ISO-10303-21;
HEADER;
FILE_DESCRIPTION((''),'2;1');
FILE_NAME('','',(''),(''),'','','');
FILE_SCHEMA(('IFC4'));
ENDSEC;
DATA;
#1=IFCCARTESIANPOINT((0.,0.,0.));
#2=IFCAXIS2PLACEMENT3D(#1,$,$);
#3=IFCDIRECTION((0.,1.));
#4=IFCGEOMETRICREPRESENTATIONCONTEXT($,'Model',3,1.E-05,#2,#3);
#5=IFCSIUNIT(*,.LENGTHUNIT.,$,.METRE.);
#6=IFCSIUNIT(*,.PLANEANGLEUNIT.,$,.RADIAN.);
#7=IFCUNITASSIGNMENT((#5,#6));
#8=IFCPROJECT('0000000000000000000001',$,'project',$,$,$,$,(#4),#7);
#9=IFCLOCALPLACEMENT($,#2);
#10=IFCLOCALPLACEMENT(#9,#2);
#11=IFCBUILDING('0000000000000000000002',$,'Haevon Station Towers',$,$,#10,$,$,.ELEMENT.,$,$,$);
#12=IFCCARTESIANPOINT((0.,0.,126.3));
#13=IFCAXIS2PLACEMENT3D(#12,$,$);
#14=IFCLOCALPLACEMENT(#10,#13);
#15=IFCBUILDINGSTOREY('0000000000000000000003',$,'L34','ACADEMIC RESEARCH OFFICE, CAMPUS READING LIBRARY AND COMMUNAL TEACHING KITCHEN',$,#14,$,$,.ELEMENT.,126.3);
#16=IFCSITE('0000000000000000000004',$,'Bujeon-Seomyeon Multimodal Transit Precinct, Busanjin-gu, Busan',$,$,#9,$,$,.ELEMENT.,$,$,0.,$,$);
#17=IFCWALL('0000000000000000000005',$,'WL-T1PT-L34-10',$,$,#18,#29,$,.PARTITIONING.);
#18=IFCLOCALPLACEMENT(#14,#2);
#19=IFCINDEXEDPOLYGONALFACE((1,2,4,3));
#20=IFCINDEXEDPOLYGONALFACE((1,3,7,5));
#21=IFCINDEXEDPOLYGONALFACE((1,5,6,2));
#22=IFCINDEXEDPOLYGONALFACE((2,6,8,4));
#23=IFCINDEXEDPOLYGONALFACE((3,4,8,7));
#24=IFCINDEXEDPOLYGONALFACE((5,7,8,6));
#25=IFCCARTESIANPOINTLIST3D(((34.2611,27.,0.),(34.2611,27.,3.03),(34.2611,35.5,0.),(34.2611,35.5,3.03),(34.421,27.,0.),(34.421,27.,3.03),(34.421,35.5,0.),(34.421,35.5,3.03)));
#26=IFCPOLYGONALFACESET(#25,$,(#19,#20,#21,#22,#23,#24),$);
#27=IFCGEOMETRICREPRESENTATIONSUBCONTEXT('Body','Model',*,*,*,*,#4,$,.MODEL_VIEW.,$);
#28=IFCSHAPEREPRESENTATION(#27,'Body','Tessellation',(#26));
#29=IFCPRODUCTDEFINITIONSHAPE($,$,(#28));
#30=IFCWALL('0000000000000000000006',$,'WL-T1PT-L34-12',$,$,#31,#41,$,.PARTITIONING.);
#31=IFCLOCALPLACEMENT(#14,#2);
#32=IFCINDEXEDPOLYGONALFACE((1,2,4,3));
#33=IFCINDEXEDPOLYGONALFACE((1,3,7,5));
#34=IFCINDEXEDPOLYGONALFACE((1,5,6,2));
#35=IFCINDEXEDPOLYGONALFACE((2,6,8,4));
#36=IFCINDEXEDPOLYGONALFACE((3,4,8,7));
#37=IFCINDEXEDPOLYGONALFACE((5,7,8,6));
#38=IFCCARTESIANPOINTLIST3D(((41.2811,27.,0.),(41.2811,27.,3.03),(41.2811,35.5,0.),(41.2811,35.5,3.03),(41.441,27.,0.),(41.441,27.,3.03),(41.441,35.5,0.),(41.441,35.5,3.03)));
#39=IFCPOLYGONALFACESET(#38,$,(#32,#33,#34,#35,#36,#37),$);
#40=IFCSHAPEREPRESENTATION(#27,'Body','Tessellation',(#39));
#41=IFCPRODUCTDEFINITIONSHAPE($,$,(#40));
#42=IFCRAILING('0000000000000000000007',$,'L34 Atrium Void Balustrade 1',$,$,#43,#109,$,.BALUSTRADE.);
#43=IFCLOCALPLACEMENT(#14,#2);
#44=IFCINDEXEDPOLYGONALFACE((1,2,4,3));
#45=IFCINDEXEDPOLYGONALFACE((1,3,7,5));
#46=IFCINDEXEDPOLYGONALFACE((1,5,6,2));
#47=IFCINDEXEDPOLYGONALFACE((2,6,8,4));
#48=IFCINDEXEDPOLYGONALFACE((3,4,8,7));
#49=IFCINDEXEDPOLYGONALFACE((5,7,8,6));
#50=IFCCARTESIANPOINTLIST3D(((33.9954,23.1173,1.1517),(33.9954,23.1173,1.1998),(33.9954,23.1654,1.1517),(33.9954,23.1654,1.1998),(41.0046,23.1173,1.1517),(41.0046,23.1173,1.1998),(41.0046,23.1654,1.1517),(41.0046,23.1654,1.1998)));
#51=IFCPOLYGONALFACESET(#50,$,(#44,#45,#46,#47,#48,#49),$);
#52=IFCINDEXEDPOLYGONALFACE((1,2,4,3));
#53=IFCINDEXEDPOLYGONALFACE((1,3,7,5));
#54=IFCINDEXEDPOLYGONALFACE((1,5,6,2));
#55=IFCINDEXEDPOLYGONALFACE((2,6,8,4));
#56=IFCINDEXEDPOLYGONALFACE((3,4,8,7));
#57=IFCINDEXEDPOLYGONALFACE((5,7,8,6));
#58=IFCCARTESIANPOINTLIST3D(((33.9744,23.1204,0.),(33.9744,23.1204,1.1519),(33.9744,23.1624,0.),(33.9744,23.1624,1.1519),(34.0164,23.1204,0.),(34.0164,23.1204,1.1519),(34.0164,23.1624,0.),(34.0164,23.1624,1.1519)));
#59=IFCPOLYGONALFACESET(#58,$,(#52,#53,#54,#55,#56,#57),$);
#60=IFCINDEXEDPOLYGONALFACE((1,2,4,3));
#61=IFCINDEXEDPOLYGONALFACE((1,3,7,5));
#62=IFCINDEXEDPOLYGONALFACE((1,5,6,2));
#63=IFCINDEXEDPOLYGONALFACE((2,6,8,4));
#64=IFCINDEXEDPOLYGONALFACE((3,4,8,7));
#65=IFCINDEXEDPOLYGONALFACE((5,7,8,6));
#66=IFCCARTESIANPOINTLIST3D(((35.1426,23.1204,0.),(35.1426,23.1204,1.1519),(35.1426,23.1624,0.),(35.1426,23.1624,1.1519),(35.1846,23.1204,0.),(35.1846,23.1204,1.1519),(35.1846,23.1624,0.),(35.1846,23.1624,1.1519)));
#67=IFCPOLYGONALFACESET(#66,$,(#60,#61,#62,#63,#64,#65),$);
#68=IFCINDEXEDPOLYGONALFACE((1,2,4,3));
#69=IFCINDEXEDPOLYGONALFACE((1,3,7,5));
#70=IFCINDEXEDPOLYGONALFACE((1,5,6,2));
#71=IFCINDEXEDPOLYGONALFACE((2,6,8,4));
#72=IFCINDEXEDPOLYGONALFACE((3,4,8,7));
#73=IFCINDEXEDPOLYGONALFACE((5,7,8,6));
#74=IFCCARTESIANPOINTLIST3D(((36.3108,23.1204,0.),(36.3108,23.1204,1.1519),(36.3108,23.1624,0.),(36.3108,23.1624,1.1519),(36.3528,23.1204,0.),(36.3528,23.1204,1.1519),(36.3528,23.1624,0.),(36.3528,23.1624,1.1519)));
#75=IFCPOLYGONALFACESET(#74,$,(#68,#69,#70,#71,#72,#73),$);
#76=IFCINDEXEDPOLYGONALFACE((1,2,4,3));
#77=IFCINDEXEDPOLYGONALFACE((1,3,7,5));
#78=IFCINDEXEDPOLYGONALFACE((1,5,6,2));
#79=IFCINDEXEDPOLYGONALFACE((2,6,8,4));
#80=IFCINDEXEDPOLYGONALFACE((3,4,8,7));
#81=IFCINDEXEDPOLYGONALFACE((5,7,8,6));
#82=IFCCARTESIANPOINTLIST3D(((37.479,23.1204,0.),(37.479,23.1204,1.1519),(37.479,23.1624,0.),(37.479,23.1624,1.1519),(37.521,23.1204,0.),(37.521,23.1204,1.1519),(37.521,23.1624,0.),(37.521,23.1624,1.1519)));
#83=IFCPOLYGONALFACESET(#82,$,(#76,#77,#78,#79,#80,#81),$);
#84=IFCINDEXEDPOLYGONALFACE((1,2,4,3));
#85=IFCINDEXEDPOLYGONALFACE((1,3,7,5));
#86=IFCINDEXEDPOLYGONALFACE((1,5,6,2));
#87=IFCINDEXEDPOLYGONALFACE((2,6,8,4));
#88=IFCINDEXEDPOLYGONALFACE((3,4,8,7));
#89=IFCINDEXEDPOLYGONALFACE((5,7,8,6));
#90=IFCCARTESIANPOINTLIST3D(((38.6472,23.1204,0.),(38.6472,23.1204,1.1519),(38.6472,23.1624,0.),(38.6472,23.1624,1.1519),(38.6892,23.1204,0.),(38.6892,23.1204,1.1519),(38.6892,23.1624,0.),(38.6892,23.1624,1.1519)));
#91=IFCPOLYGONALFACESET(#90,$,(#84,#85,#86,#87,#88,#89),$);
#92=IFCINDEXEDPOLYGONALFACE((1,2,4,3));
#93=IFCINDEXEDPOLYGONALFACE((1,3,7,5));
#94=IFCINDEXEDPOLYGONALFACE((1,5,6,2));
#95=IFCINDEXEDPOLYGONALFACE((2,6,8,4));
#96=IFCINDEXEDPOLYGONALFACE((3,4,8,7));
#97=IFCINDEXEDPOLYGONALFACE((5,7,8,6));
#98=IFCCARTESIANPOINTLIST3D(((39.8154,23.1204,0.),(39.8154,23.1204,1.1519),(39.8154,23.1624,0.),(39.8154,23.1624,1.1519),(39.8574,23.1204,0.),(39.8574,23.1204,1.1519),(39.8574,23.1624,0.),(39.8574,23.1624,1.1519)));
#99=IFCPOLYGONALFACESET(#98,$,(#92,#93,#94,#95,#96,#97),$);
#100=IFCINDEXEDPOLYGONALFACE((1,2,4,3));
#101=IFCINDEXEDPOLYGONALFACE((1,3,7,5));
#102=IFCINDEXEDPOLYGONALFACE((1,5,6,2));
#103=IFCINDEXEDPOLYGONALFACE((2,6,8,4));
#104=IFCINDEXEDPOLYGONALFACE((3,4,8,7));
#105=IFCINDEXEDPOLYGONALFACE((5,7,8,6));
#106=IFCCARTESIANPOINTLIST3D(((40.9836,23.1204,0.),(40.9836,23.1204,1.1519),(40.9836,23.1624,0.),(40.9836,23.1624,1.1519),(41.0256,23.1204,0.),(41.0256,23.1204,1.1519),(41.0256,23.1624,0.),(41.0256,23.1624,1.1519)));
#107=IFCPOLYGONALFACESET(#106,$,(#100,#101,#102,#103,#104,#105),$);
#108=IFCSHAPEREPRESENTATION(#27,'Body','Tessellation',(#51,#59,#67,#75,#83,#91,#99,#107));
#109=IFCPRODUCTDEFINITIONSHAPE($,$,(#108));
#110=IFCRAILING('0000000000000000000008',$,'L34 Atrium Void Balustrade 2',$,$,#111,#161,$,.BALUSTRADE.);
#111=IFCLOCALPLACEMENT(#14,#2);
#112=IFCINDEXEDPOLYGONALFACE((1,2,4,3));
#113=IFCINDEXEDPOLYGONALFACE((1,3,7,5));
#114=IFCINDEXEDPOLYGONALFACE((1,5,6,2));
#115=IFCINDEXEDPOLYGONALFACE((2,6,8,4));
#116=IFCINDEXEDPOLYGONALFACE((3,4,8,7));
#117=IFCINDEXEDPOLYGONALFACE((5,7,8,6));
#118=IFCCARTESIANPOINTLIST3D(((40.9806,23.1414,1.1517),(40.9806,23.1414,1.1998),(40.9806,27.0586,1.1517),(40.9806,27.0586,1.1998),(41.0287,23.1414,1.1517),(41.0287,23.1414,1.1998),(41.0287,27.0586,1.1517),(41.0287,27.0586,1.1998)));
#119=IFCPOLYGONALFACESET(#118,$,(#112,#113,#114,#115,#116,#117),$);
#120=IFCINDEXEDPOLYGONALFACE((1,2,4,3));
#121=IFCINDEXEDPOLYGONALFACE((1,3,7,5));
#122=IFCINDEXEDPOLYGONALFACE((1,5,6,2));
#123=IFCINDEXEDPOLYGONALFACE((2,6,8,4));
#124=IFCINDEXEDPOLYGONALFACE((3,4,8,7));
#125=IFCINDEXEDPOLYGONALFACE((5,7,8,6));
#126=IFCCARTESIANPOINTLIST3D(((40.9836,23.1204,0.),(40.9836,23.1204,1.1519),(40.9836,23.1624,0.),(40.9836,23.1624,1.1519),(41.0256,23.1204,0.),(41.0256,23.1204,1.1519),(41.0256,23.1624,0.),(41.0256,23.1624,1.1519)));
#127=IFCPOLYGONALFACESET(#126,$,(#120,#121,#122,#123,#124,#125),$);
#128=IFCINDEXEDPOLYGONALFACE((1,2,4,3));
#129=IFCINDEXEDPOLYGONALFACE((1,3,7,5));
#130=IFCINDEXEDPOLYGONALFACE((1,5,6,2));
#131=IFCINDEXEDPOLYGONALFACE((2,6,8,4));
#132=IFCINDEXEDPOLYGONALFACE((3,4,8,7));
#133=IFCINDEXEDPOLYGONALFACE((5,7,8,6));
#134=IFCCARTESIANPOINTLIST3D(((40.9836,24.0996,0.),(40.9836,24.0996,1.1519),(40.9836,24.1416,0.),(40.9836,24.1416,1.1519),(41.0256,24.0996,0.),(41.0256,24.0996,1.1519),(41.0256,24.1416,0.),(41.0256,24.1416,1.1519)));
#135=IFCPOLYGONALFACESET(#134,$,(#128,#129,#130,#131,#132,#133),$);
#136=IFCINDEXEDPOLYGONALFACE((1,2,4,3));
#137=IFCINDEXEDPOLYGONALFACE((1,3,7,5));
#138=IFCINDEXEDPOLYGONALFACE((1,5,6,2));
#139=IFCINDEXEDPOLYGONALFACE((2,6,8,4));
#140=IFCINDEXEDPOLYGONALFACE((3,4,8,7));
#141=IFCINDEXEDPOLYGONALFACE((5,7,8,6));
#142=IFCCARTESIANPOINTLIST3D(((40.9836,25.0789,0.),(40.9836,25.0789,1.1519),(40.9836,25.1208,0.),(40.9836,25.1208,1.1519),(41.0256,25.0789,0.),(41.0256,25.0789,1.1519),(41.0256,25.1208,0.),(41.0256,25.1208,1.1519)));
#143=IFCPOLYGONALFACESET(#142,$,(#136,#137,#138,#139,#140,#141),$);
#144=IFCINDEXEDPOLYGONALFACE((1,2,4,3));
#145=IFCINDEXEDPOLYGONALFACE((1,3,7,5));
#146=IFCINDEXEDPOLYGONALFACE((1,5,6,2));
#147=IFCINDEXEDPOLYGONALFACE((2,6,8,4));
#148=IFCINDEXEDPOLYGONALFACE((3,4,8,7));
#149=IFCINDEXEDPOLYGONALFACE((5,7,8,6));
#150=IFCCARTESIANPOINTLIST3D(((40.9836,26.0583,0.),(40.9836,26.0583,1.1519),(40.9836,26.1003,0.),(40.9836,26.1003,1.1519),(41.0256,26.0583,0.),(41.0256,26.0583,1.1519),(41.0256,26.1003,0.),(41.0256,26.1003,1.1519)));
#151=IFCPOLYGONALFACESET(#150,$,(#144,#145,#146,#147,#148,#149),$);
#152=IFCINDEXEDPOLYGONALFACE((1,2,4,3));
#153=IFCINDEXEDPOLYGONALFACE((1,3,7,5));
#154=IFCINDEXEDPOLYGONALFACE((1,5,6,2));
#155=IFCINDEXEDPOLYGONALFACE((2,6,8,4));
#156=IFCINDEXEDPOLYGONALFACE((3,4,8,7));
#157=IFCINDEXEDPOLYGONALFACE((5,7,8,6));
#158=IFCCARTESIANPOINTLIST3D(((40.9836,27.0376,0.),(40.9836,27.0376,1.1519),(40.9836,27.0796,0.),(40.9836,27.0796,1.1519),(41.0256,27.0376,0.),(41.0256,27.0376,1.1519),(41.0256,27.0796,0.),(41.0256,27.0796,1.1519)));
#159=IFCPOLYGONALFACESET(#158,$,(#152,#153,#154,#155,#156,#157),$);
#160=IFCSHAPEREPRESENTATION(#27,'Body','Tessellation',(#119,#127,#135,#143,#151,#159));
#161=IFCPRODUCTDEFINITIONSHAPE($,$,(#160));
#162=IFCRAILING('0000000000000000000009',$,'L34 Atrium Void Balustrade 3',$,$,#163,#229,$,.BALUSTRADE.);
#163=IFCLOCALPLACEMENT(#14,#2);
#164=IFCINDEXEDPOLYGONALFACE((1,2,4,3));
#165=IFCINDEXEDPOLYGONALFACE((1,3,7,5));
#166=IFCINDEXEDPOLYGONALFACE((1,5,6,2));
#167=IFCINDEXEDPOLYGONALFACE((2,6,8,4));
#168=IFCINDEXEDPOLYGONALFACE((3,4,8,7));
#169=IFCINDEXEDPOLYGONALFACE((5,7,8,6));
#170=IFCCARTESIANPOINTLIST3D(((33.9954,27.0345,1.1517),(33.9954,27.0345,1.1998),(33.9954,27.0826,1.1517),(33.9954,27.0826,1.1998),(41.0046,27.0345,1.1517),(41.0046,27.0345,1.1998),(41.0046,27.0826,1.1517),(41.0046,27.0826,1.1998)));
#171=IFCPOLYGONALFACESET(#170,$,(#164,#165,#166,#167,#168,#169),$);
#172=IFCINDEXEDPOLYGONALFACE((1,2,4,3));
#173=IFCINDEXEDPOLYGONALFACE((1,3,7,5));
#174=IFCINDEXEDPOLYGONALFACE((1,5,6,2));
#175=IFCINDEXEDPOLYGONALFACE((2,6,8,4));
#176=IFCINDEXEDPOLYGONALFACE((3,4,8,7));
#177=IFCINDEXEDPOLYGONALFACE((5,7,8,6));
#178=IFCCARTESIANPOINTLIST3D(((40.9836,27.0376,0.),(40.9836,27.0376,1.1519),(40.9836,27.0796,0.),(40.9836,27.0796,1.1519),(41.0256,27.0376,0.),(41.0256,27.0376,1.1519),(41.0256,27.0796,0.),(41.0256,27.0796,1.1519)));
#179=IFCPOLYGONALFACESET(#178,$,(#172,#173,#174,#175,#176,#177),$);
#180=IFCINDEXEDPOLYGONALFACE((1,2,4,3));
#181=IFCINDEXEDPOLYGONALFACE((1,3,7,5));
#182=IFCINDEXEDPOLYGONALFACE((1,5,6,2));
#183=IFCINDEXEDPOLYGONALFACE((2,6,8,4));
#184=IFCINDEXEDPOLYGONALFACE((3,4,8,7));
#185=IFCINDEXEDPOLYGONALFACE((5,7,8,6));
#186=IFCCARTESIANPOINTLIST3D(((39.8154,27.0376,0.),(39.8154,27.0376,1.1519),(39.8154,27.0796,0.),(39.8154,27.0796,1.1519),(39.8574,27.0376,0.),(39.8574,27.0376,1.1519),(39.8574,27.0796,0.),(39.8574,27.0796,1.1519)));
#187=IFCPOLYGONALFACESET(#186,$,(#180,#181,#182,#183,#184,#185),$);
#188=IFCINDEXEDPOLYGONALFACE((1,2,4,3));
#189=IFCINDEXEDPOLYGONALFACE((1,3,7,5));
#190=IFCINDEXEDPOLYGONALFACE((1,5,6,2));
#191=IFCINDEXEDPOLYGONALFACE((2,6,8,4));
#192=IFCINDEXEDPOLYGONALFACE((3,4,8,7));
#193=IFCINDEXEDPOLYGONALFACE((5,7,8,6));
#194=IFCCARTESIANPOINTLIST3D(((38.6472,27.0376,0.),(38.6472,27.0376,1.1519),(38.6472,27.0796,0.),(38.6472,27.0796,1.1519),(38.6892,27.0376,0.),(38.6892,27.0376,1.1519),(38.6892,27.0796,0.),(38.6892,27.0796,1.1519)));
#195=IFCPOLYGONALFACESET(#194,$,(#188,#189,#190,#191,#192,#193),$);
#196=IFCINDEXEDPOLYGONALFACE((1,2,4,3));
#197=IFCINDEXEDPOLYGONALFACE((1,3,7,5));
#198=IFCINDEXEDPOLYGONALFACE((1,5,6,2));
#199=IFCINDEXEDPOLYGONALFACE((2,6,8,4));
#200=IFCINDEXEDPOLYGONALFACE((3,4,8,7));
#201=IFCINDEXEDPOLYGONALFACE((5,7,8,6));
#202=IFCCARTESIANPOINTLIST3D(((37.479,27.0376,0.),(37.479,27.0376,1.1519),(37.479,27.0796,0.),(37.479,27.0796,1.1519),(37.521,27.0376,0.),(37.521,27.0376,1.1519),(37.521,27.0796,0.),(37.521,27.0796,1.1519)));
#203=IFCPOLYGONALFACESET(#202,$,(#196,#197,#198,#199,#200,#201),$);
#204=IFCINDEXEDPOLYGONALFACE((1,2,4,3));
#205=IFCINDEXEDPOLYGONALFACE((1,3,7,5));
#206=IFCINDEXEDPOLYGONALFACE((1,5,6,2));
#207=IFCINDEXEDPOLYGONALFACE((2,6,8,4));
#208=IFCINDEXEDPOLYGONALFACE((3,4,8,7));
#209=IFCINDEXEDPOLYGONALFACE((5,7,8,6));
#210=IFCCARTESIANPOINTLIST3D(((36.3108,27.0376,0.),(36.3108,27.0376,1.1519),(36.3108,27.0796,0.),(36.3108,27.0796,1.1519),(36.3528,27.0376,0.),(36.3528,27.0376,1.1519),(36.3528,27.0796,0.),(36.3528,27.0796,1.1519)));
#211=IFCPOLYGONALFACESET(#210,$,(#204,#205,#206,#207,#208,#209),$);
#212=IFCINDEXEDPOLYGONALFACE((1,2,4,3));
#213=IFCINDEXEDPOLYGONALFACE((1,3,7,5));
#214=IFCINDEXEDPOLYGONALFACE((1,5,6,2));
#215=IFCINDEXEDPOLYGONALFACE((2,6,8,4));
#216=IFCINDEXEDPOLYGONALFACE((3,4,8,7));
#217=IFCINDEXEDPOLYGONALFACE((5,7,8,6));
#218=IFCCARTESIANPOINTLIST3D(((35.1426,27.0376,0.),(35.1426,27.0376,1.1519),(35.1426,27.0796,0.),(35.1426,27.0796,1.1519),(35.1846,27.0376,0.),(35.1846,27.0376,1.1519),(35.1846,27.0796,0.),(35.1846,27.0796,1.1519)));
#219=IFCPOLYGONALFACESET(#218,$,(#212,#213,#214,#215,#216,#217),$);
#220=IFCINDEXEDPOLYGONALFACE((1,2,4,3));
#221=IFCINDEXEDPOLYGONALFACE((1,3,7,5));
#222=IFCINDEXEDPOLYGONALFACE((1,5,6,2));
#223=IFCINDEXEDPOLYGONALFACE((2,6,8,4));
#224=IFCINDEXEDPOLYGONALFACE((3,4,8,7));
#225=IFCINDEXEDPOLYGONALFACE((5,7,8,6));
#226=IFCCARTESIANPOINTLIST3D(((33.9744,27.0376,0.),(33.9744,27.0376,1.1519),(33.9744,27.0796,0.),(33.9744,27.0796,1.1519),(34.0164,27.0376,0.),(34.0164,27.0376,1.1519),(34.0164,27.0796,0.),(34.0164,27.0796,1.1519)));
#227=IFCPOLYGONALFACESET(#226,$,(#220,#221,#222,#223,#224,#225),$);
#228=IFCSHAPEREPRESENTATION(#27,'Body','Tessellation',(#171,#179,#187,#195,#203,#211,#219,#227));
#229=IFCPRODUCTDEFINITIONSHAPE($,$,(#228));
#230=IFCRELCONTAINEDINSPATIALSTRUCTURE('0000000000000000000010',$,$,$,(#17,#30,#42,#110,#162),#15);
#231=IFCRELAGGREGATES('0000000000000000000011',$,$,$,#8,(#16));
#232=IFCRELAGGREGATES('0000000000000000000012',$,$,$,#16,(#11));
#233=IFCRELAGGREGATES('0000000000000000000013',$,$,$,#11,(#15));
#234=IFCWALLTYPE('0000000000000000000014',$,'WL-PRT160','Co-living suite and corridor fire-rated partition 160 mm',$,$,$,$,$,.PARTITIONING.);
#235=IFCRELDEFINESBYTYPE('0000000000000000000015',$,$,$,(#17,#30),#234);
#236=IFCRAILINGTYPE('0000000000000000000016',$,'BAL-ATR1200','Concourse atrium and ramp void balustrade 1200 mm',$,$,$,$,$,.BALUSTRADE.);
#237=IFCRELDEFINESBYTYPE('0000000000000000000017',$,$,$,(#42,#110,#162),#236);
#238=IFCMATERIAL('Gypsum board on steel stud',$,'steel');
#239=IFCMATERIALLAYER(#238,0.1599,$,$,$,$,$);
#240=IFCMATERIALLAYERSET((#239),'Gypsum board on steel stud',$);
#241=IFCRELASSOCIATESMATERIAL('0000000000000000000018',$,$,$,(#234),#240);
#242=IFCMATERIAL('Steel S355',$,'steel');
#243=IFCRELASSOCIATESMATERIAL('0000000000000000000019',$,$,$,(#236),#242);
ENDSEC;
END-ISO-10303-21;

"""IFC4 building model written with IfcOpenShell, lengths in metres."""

from ifc_helpers import new_model, si_unit, direction, frame, frame_2d, origin, origin_2d, place, context, subcontext, project, spatial, rectangle, extrude, material, layer, layer_set, type_object, element, save


model = new_model("IFC4")

# Units and contexts
model_context = context("Model", 3, precision=1e-05, world=origin(), true_north=direction((0.0, 1.0)))
body_context = subcontext(model_context, "Body", "Model", "MODEL_VIEW")
ifc_project = project(units=[si_unit("LENGTHUNIT", "METRE"), si_unit("PLANEANGLEUNIT", "RADIAN")], contexts=[model_context])

# Site, building, storey
site_placement = place(None, origin())
site = spatial("IfcSite", under=ifc_project, at=site_placement, Name="Bujeon-Seomyeon Multimodal Transit Precinct, Busanjin-gu, Busan", CompositionType="ELEMENT", RefElevation=0.0)
building_placement = place(site_placement, origin())
building = spatial("IfcBuilding", under=site, at=building_placement, Name="Haevon Station Towers", CompositionType="ELEMENT")
storey_placement = place(building_placement, frame((0.0, 0.0, 126.3)))
storey = spatial("IfcBuildingStorey", under=building, at=storey_placement, Name="L34", Description="ACADEMIC RESEARCH OFFICE, CAMPUS READING LIBRARY AND COMMUNAL TEACHING KITCHEN", CompositionType="ELEMENT", Elevation=126.3)

# Shared definitions
ifc_material_1 = material(Name="Steel S355", Category="steel")

# Shared definitions
ifc_material_2 = material(Name="Gypsum board on steel stud", Category="steel")

# Walls
ifc_layer_1 = layer(ifc_material_2, 0.1599)
ifc_layer_set_1 = layer_set([ifc_layer_1], Name="Gypsum board on steel stud")
wall_type_1 = type_object("IfcWallType", Name="WL-PRT160", Description="Co-living suite and corridor fire-rated partition 160 mm", PredefinedType="PARTITIONING", material=ifc_layer_set_1)
for number, where, z_axis, x_axis, name in (
    (1, (34.3411, 27.0, 0.0), (0.0, 0.0, 1.0), (0.0, 1.0, 0.0), "WL-T1PT-L34-10"),
    (2, (41.3611, 27.0, 0.0), (0.0, 0.0, 1.0), (0.0, 1.0, 0.0), "WL-T1PT-L34-12"),
):
    element("IfcWall", number, at=place(storey_placement, frame(where, z_axis=z_axis, x_axis=x_axis)), inside=storey, type_object=wall_type_1, Name=name, PredefinedType="PARTITIONING", context=body_context, shape_type="SweptSolid", body=[
        extrude(rectangle(XDim=8.5, YDim=0.1599, at=frame_2d((4.25, 0.0))), origin(), (0.0, 0.0, 1.0), 3.03),
    ])

# Railings
railing_type = type_object("IfcRailingType", Name="BAL-ATR1200", Description="Concourse atrium and ramp void balustrade 1200 mm", PredefinedType="BALUSTRADE", material=ifc_material_1)
railing_1_placement = place(storey_placement, frame((33.9954, 23.1414, 0.0)))
element("IfcRailing", 3, at=railing_1_placement, inside=storey, type_object=railing_type, Name="L34 Atrium Void Balustrade 1", PredefinedType="BALUSTRADE", context=body_context, shape_type="SweptSolid", body=[
    extrude(rectangle(XDim=0.0481, YDim=0.0481, at=origin_2d()), frame((0.0, 0.0, 1.1758), z_axis=(1.0, 0.0, 0.0), x_axis=(0.0, 1.0, 0.0)), (0.0, 0.0, 1.0), 7.0093),
    extrude(rectangle(XDim=0.042, YDim=0.042, at=origin_2d()), origin(), (0.0, 0.0, 1.0), 1.1519),
    extrude(rectangle(XDim=0.042, YDim=0.042, at=origin_2d()), frame((1.1682, 0.0, 0.0)), (0.0, 0.0, 1.0), 1.1519),
    extrude(rectangle(XDim=0.042, YDim=0.042, at=origin_2d()), frame((2.3364, 0.0, 0.0)), (0.0, 0.0, 1.0), 1.1519),
    extrude(rectangle(XDim=0.042, YDim=0.042, at=origin_2d()), frame((3.5046, 0.0, 0.0)), (0.0, 0.0, 1.0), 1.1519),
    extrude(rectangle(XDim=0.042, YDim=0.042, at=origin_2d()), frame((4.6729, 0.0, 0.0)), (0.0, 0.0, 1.0), 1.1519),
    extrude(rectangle(XDim=0.042, YDim=0.042, at=origin_2d()), frame((5.8411, 0.0, 0.0)), (0.0, 0.0, 1.0), 1.1519),
    extrude(rectangle(XDim=0.042, YDim=0.042, at=origin_2d()), frame((7.0093, 0.0, 0.0)), (0.0, 0.0, 1.0), 1.1519),
])
railing_2_placement = place(storey_placement, frame((41.0046, 23.1414, 0.0)))
element("IfcRailing", 4, at=railing_2_placement, inside=storey, type_object=railing_type, Name="L34 Atrium Void Balustrade 2", PredefinedType="BALUSTRADE", context=body_context, shape_type="SweptSolid", body=[
    extrude(rectangle(XDim=0.0481, YDim=0.0481, at=origin_2d()), frame((0.0, 0.0, 1.1758), z_axis=(0.0, 1.0, 0.0), x_axis=(-1.0, 0.0, 0.0)), (0.0, 0.0, 1.0), 3.9172),
    extrude(rectangle(XDim=0.042, YDim=0.042, at=origin_2d()), origin(), (0.0, 0.0, 1.0), 1.1519),
    extrude(rectangle(XDim=0.042, YDim=0.042, at=origin_2d()), frame((0.0, 0.9792, 0.0)), (0.0, 0.0, 1.0), 1.1519),
    extrude(rectangle(XDim=0.042, YDim=0.042, at=origin_2d()), frame((0.0, 1.9585, 0.0)), (0.0, 0.0, 1.0), 1.1519),
    extrude(rectangle(XDim=0.042, YDim=0.042, at=origin_2d()), frame((0.0, 2.938, 0.0)), (0.0, 0.0, 1.0), 1.1519),
    extrude(rectangle(XDim=0.042, YDim=0.042, at=origin_2d()), frame((0.0, 3.9172, 0.0)), (0.0, 0.0, 1.0), 1.1519),
])
railing_3_placement = place(storey_placement, frame((41.0046, 27.0586, 0.0)))
element("IfcRailing", 5, at=railing_3_placement, inside=storey, type_object=railing_type, Name="L34 Atrium Void Balustrade 3", PredefinedType="BALUSTRADE", context=body_context, shape_type="SweptSolid", body=[
    extrude(rectangle(XDim=0.0481, YDim=0.0481, at=origin_2d()), frame((0.0, 0.0, 1.1758), z_axis=(-1.0, 0.0, 0.0), x_axis=(0.0, -1.0, 0.0)), (0.0, 0.0, 1.0), 7.0093),
    extrude(rectangle(XDim=0.042, YDim=0.042, at=origin_2d()), origin(), (0.0, 0.0, 1.0), 1.1519),
    extrude(rectangle(XDim=0.042, YDim=0.042, at=origin_2d()), frame((-1.1682, 0.0, 0.0)), (0.0, 0.0, 1.0), 1.1519),
    extrude(rectangle(XDim=0.042, YDim=0.042, at=origin_2d()), frame((-2.3364, 0.0, 0.0)), (0.0, 0.0, 1.0), 1.1519),
    extrude(rectangle(XDim=0.042, YDim=0.042, at=origin_2d()), frame((-3.5046, 0.0, 0.0)), (0.0, 0.0, 1.0), 1.1519),
    extrude(rectangle(XDim=0.042, YDim=0.042, at=origin_2d()), frame((-4.6729, 0.0, 0.0)), (0.0, 0.0, 1.0), 1.1519),
    extrude(rectangle(XDim=0.042, YDim=0.042, at=origin_2d()), frame((-5.8411, 0.0, 0.0)), (0.0, 0.0, 1.0), 1.1519),
    extrude(rectangle(XDim=0.042, YDim=0.042, at=origin_2d()), frame((-7.0093, 0.0, 0.0)), (0.0, 0.0, 1.0), 1.1519),
])

save(model, "model.ifc")
